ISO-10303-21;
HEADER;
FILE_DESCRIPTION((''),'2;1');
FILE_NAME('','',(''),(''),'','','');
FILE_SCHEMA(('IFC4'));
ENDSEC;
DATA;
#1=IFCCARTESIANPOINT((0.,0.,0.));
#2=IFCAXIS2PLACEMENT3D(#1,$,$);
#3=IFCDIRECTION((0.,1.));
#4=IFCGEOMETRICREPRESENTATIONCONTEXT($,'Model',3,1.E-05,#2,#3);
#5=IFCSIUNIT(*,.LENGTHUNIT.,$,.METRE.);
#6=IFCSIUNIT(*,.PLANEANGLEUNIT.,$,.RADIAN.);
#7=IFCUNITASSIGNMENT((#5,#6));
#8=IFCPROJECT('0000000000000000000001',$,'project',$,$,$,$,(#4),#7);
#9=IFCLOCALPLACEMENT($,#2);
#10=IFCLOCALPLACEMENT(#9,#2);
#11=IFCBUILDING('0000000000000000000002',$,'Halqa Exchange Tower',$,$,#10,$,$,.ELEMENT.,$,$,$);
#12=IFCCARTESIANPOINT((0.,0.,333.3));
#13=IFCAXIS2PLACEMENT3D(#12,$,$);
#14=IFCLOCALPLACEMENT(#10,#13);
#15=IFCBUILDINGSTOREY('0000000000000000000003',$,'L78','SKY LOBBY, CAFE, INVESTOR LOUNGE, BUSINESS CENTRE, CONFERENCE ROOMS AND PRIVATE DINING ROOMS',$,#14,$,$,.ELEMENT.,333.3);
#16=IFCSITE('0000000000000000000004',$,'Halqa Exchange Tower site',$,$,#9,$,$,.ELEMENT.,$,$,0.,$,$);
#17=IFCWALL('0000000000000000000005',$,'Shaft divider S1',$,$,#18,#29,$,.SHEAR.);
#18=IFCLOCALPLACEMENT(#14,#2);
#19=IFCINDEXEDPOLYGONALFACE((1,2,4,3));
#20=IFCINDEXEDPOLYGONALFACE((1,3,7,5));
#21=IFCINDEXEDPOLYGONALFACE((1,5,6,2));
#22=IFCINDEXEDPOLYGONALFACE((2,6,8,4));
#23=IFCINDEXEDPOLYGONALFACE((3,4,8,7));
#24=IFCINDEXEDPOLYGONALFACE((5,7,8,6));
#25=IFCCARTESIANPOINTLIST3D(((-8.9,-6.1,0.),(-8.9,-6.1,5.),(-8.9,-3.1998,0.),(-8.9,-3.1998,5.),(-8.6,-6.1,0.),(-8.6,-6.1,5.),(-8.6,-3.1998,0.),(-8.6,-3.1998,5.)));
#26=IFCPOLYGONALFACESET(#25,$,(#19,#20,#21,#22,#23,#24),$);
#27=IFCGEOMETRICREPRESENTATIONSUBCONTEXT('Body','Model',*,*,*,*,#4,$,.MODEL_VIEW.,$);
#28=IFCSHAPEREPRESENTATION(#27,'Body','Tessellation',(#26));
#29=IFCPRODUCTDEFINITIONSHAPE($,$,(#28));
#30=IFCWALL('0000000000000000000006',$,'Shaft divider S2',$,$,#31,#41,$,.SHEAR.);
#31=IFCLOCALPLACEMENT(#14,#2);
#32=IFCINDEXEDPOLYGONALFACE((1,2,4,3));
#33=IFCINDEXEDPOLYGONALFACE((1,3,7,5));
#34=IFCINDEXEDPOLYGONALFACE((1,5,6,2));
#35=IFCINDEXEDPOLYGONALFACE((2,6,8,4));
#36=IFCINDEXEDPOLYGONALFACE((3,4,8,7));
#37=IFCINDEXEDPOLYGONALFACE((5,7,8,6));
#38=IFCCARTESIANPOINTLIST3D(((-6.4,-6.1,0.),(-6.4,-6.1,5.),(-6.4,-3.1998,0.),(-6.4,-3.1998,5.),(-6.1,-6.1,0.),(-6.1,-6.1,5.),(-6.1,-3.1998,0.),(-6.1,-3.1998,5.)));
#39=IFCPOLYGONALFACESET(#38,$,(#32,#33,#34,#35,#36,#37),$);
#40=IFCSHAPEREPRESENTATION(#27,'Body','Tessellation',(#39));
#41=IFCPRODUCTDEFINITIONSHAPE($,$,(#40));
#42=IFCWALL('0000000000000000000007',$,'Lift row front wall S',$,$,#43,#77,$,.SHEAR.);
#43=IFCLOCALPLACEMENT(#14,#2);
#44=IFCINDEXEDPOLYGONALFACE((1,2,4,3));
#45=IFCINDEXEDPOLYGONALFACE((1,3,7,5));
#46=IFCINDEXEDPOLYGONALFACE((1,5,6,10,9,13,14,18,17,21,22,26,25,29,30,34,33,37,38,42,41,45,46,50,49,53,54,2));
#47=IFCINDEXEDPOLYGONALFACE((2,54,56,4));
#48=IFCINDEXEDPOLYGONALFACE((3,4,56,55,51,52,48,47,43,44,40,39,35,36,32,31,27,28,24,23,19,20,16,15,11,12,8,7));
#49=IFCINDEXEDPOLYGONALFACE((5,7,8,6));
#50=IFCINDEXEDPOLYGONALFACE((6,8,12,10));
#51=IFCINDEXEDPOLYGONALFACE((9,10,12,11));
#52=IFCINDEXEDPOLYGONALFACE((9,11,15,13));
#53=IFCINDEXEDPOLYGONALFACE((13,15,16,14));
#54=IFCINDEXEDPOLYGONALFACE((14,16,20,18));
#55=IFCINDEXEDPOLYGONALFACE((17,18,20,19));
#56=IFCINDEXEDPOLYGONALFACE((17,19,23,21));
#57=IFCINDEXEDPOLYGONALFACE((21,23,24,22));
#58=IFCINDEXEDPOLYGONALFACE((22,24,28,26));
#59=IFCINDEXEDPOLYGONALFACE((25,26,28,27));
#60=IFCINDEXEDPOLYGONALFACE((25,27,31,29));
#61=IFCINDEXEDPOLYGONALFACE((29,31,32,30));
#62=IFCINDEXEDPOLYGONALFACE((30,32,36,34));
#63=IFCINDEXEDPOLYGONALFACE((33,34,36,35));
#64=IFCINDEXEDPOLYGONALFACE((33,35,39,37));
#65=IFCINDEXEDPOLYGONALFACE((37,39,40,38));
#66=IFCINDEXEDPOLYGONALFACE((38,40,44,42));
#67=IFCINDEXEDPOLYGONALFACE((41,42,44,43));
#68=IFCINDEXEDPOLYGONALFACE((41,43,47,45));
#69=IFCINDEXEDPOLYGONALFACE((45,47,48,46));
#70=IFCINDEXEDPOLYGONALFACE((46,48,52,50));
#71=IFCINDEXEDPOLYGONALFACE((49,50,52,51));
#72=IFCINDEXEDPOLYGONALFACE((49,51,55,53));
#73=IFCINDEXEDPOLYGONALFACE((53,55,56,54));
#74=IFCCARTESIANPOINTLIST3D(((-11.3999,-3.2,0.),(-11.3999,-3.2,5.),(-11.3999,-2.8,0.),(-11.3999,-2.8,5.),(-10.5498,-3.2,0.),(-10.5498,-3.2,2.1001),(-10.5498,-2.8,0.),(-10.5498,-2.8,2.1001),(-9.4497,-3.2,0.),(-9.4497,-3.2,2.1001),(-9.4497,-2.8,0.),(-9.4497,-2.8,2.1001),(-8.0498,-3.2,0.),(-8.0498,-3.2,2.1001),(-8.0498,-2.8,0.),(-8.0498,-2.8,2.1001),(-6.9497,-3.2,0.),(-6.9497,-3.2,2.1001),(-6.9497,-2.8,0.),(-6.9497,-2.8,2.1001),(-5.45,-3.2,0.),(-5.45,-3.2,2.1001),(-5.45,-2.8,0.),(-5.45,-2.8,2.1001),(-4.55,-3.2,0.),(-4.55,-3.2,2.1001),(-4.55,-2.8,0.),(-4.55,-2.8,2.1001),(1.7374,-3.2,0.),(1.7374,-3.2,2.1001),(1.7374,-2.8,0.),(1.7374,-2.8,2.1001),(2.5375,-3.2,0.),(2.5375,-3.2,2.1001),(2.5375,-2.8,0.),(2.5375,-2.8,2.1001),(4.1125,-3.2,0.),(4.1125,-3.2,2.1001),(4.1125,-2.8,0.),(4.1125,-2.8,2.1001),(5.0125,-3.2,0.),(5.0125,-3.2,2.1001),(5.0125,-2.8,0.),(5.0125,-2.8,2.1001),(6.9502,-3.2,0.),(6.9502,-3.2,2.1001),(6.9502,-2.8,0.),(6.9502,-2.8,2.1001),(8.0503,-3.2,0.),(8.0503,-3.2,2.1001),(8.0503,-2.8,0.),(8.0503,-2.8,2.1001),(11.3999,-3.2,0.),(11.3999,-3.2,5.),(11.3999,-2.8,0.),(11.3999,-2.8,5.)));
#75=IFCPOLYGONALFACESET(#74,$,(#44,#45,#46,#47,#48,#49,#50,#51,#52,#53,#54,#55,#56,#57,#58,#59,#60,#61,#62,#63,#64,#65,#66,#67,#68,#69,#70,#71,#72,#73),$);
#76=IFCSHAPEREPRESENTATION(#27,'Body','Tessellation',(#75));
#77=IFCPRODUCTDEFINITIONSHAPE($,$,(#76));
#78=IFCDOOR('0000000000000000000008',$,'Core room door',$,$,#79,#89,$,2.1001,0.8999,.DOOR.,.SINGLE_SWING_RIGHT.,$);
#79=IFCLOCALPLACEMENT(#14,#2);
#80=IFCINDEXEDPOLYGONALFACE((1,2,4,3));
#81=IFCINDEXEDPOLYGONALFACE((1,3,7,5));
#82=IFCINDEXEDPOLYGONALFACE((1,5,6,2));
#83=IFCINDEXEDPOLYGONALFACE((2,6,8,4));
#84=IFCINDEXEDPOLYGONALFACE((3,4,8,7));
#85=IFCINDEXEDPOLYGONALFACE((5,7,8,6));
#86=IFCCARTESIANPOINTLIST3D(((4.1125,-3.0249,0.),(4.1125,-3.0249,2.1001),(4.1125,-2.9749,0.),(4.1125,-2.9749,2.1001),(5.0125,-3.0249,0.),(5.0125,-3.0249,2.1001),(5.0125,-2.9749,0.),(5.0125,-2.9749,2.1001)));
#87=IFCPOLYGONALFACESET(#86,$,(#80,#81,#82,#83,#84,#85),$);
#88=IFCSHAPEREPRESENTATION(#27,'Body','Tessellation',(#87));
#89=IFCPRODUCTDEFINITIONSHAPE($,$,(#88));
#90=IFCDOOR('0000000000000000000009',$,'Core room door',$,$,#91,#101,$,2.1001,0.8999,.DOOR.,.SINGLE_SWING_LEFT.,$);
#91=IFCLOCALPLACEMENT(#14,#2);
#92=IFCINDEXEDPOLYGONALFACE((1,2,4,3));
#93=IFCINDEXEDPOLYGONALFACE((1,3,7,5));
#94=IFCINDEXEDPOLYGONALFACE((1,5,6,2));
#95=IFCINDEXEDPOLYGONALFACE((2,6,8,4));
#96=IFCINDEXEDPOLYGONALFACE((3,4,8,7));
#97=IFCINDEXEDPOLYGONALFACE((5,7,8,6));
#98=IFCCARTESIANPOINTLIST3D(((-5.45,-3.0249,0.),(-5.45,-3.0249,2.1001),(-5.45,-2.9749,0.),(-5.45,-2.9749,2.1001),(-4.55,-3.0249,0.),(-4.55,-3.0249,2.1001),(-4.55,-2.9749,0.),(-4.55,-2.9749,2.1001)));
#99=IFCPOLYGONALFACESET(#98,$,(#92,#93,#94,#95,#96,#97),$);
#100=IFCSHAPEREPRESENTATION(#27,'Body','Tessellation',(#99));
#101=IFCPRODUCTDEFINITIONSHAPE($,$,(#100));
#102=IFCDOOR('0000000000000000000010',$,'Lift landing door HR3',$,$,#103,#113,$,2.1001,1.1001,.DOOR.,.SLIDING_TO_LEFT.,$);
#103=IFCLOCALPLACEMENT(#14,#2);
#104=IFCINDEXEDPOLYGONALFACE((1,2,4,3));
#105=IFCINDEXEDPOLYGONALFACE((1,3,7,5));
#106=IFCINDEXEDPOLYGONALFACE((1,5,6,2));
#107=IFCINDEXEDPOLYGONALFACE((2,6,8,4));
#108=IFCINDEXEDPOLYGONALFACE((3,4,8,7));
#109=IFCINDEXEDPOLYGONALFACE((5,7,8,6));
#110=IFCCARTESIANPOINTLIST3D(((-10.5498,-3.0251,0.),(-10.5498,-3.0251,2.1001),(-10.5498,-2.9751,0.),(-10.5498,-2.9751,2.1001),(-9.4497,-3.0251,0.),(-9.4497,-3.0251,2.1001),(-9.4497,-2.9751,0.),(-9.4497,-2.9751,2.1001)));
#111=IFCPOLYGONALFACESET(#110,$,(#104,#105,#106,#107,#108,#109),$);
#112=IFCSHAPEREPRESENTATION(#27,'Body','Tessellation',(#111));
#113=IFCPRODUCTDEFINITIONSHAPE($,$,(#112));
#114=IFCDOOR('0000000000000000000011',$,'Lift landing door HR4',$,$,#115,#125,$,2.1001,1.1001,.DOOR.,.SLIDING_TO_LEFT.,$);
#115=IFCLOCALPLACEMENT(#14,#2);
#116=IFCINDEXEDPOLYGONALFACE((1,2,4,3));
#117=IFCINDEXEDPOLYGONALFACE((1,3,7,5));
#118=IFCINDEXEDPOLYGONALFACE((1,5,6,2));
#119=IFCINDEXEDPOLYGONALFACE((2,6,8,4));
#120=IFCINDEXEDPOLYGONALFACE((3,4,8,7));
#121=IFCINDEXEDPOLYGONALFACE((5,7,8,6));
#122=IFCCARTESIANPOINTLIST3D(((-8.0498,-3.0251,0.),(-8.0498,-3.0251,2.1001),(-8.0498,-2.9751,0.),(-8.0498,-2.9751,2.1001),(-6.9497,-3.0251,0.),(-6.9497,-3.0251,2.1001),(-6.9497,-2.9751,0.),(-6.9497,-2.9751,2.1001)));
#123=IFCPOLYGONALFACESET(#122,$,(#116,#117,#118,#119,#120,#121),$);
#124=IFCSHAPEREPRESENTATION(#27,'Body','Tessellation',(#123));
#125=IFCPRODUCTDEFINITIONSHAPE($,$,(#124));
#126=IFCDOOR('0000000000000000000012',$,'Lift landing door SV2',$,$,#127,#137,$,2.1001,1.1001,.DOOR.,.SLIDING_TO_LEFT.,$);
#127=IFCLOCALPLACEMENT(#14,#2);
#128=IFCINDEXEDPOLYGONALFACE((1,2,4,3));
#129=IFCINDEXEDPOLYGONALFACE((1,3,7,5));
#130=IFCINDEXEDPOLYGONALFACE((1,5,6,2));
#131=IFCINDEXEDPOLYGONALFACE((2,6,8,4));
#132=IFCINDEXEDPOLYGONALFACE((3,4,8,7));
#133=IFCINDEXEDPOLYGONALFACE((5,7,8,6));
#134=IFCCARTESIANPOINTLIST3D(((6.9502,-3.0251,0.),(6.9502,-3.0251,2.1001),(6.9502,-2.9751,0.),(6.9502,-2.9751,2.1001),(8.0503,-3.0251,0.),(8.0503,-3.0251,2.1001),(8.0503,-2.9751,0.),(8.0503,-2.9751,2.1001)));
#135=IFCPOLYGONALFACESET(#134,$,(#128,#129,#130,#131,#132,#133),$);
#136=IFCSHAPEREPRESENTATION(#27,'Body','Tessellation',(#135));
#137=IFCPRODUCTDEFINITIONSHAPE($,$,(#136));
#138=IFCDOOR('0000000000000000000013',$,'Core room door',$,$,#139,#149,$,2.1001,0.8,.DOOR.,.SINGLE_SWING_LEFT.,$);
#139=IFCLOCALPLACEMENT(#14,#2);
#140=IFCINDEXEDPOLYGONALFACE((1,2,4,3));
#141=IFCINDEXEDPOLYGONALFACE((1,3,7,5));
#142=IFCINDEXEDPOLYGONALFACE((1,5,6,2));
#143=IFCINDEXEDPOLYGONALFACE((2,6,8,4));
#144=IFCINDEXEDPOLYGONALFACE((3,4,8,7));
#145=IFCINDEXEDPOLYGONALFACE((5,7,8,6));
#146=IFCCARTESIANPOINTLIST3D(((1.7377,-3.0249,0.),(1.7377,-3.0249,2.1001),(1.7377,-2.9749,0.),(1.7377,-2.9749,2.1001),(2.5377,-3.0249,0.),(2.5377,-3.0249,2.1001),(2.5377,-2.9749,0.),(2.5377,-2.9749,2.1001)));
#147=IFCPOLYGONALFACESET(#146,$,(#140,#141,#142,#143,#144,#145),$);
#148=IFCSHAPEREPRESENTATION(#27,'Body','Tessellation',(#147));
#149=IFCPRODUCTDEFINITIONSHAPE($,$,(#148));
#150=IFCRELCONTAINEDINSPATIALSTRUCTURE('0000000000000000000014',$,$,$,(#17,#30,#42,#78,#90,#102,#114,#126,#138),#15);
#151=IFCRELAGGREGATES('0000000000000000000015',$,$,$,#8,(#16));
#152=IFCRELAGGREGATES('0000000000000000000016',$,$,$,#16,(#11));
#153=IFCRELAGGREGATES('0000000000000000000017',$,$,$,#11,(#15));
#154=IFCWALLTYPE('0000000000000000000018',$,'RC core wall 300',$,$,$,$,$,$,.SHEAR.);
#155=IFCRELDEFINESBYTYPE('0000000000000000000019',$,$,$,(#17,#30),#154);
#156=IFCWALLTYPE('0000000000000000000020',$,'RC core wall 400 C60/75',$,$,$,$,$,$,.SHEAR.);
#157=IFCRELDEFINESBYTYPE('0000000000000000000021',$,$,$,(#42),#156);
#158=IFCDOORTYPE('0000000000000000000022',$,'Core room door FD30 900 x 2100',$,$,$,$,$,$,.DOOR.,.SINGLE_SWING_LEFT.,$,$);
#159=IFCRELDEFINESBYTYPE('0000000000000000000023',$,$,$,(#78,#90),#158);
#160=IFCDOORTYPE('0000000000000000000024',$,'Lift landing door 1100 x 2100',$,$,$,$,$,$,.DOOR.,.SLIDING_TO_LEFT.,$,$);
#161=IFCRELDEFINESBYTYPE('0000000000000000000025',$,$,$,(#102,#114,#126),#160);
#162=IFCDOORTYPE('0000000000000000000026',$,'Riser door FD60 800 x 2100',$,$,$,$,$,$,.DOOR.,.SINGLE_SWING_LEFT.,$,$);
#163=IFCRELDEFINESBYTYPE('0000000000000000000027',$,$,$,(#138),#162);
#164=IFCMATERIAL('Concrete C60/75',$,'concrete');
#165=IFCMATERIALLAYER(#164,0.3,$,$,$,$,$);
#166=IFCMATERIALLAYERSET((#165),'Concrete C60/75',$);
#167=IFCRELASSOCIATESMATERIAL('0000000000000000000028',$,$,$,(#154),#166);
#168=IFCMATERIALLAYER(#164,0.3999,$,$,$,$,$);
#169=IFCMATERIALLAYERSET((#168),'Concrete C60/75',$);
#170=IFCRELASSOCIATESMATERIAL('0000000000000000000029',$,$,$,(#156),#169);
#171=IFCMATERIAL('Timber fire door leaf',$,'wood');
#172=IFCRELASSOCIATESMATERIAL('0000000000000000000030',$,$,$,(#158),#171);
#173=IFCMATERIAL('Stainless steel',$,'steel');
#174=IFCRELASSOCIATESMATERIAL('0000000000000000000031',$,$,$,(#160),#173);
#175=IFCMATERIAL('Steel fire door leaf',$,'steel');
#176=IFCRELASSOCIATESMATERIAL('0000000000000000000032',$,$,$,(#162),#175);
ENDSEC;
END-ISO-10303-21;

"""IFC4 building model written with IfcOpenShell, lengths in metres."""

from ifc_helpers import new_model, si_unit, direction, frame, frame_2d, origin, place, context, subcontext, project, spatial, rectangle, extrude, material, layer, layer_set, type_object, element, fill, save


model = new_model("IFC4")

# Units and contexts
model_context = context("Model", 3, precision=1e-05, world=origin(), true_north=direction((0.0, 1.0)))
body_context = subcontext(model_context, "Body", "Model", "MODEL_VIEW")
ifc_project = project(units=[si_unit("LENGTHUNIT", "METRE"), si_unit("PLANEANGLEUNIT", "RADIAN")], contexts=[model_context])

# Site, building, storey
site_placement = place(None, origin())
site = spatial("IfcSite", under=ifc_project, at=site_placement, Name="Halqa Exchange Tower site", CompositionType="ELEMENT", RefElevation=0.0)
building_placement = place(site_placement, origin())
building = spatial("IfcBuilding", under=site, at=building_placement, Name="Halqa Exchange Tower", CompositionType="ELEMENT")
storey_placement = place(building_placement, frame((0.0, 0.0, 333.3)))
storey = spatial("IfcBuildingStorey", under=building, at=storey_placement, Name="L78", Description="SKY LOBBY, CAFE, INVESTOR LOUNGE, BUSINESS CENTRE, CONFERENCE ROOMS AND PRIVATE DINING ROOMS", CompositionType="ELEMENT", Elevation=333.3)

# Walls
ifc_material_1 = material(Name="Concrete C60/75", Category="concrete")
ifc_layer_1 = layer(ifc_material_1, 0.3)
ifc_layer_set_1 = layer_set([ifc_layer_1], Name="Concrete C60/75")
wall_type_1 = type_object("IfcWallType", Name="RC core wall 300", PredefinedType="SHEAR", material=ifc_layer_set_1)
for number, where, z_axis, x_axis, name in (
    (1, (-8.75, -6.1001, 0.0), (0.0, 0.0, 1.0), (0.0, 1.0, 0.0), "Shaft divider S1"),
    (2, (-6.25, -6.1001, 0.0), (0.0, 0.0, 1.0), (0.0, 1.0, 0.0), "Shaft divider S2"),
):
    element("IfcWall", number, at=place(storey_placement, frame(where, z_axis=z_axis, x_axis=x_axis)), inside=storey, type_object=wall_type_1, Name=name, PredefinedType="SHEAR", context=body_context, shape_type="SweptSolid", body=[
        extrude(rectangle(XDim=2.9001, YDim=0.3, at=frame_2d((1.4502, 0.0))), origin(), (0.0, 0.0, 1.0), 5.0),
    ])

# Wall, openings, doors
ifc_layer_2 = layer(ifc_material_1, 0.3999)
ifc_layer_set_2 = layer_set([ifc_layer_2], Name="Concrete C60/75")
wall_type_2 = type_object("IfcWallType", Name="RC core wall 400 C60/75", PredefinedType="SHEAR", material=ifc_layer_set_2)
wall_1_placement = place(storey_placement, frame((-11.3999, -3.0, 0.0), z_axis=(0.0, 0.0, 1.0), x_axis=(1.0, 0.0, 0.0)))
wall_1 = element("IfcWall", 3, at=wall_1_placement, inside=storey, type_object=wall_type_2, Name="Lift row front wall S", PredefinedType="SHEAR", context=body_context, shape_type="SweptSolid", body=[
    extrude(rectangle(XDim=22.7998, YDim=0.3999, at=frame_2d((11.3999, 0.0))), origin(), (0.0, 0.0, 1.0), 5.0),
])
opening_1_placement = place(wall_1_placement, frame((0.8501, 0.0, 0.0)))
opening_1 = element("IfcOpeningElement", 4, at=opening_1_placement, cuts=wall_1, PredefinedType="OPENING", context=body_context, shape_type="SweptSolid", body=[
    extrude(rectangle(XDim=1.1001, YDim=2.1001, at=frame_2d((0.55, 1.05))), frame((0.0, 0.2119, 0.0), z_axis=(0.0, -1.0, 0.0), x_axis=(1.0, 0.0, 0.0)), (0.0, 0.0, 1.0), 0.4238),
])
opening_2_placement = place(wall_1_placement, frame((3.3501, 0.0, 0.0)))
opening_2 = element("IfcOpeningElement", 5, at=opening_2_placement, cuts=wall_1, PredefinedType="OPENING", context=body_context, shape_type="SweptSolid", body=[
    extrude(rectangle(XDim=1.1001, YDim=2.1001, at=frame_2d((0.55, 1.05))), frame((0.0, 0.2119, 0.0), z_axis=(0.0, -1.0, 0.0), x_axis=(1.0, 0.0, 0.0)), (0.0, 0.0, 1.0), 0.4238),
])
opening_3_placement = place(wall_1_placement, frame((18.3501, 0.0, 0.0)))
opening_3 = element("IfcOpeningElement", 6, at=opening_3_placement, cuts=wall_1, PredefinedType="OPENING", context=body_context, shape_type="SweptSolid", body=[
    extrude(rectangle(XDim=1.1001, YDim=2.1001, at=frame_2d((0.55, 1.05))), frame((0.0, 0.2119, 0.0), z_axis=(0.0, -1.0, 0.0), x_axis=(1.0, 0.0, 0.0)), (0.0, 0.0, 1.0), 0.4238),
])
opening_4_placement = place(wall_1_placement, frame((13.1375, 0.0, 0.0)))
opening_4 = element("IfcOpeningElement", 7, at=opening_4_placement, cuts=wall_1, PredefinedType="OPENING", context=body_context, shape_type="SweptSolid", body=[
    extrude(rectangle(XDim=0.8, YDim=2.1001, at=frame_2d((0.3999, 1.05))), frame((0.0, 0.2119, 0.0), z_axis=(0.0, -1.0, 0.0), x_axis=(1.0, 0.0, 0.0)), (0.0, 0.0, 1.0), 0.4238),
])
opening_5_placement = place(wall_1_placement, frame((15.5125, 0.0, 0.0)))
opening_5 = element("IfcOpeningElement", 8, at=opening_5_placement, cuts=wall_1, PredefinedType="OPENING", context=body_context, shape_type="SweptSolid", body=[
    extrude(rectangle(XDim=0.8999, YDim=2.1001, at=frame_2d((0.45, 1.05))), frame((0.0, 0.2119, 0.0), z_axis=(0.0, -1.0, 0.0), x_axis=(1.0, 0.0, 0.0)), (0.0, 0.0, 1.0), 0.4238),
])
opening_6_placement = place(wall_1_placement, frame((5.95, 0.0, 0.0)))
opening_6 = element("IfcOpeningElement", 9, at=opening_6_placement, cuts=wall_1, PredefinedType="OPENING", context=body_context, shape_type="SweptSolid", body=[
    extrude(rectangle(XDim=0.8999, YDim=2.1001, at=frame_2d((0.45, 1.05))), frame((0.0, 0.2119, 0.0), z_axis=(0.0, -1.0, 0.0), x_axis=(1.0, 0.0, 0.0)), (0.0, 0.0, 1.0), 0.4238),
])
ifc_material_2 = material(Name="Timber fire door leaf", Category="wood")
door_type_1 = type_object("IfcDoorType", Name="Core room door FD30 900 x 2100", OperationType="SINGLE_SWING_LEFT", PredefinedType="DOOR", material=ifc_material_2)
door_1_placement = place(opening_5_placement, frame((0.8999, 0.0, 0.0), z_axis=(0.0, 0.0, 1.0), x_axis=(-1.0, 0.0, 0.0)))
door_1 = element("IfcDoor", 10, at=door_1_placement, inside=storey, type_object=door_type_1, Name="Core room door", OperationType="SINGLE_SWING_RIGHT", OverallHeight=2.1001, OverallWidth=0.8999, PredefinedType="DOOR", context=body_context, shape_type="SweptSolid", body=[
    extrude(rectangle(XDim=0.8999, YDim=2.1001, at=frame_2d((0.45, 1.05))), frame((0.0, 0.0249, 0.0), z_axis=(0.0, -1.0, 0.0), x_axis=(1.0, 0.0, 0.0)), (0.0, 0.0, 1.0), 0.05),
])
fill(opening_5, door_1)
door_2_placement = place(opening_6_placement, frame((0.8999, 0.0, 0.0), z_axis=(0.0, 0.0, 1.0), x_axis=(-1.0, 0.0, 0.0)))
door_2 = element("IfcDoor", 11, at=door_2_placement, inside=storey, type_object=door_type_1, Name="Core room door", OperationType="SINGLE_SWING_LEFT", OverallHeight=2.1001, OverallWidth=0.8999, PredefinedType="DOOR", context=body_context, shape_type="SweptSolid", body=[
    extrude(rectangle(XDim=0.8999, YDim=2.1001, at=frame_2d((0.45, 1.05))), frame((0.0, 0.0249, 0.0), z_axis=(0.0, -1.0, 0.0), x_axis=(1.0, 0.0, 0.0)), (0.0, 0.0, 1.0), 0.05),
])
fill(opening_6, door_2)
ifc_material_3 = material(Name="Stainless steel", Category="steel")
door_type_2 = type_object("IfcDoorType", Name="Lift landing door 1100 x 2100", OperationType="SLIDING_TO_LEFT", PredefinedType="DOOR", material=ifc_material_3)
door_3_placement = place(opening_1_placement, origin())
door_3 = element("IfcDoor", 12, at=door_3_placement, inside=storey, type_object=door_type_2, Name="Lift landing door HR3", OperationType="SLIDING_TO_LEFT", OverallHeight=2.1001, OverallWidth=1.1001, PredefinedType="DOOR", context=body_context, shape_type="SweptSolid", body=[
    extrude(rectangle(XDim=1.1001, YDim=2.1001, at=frame_2d((0.55, 1.05))), frame((0.0, 0.0249, 0.0), z_axis=(0.0, -1.0, 0.0), x_axis=(1.0, 0.0, 0.0)), (0.0, 0.0, 1.0), 0.05),
])
fill(opening_1, door_3)
door_4_placement = place(opening_2_placement, origin())
door_4 = element("IfcDoor", 13, at=door_4_placement, inside=storey, type_object=door_type_2, Name="Lift landing door HR4", OperationType="SLIDING_TO_LEFT", OverallHeight=2.1001, OverallWidth=1.1001, PredefinedType="DOOR", context=body_context, shape_type="SweptSolid", body=[
    extrude(rectangle(XDim=1.1001, YDim=2.1001, at=frame_2d((0.55, 1.05))), frame((0.0, 0.0249, 0.0), z_axis=(0.0, -1.0, 0.0), x_axis=(1.0, 0.0, 0.0)), (0.0, 0.0, 1.0), 0.05),
])
fill(opening_2, door_4)
door_5_placement = place(opening_3_placement, origin())
door_5 = element("IfcDoor", 14, at=door_5_placement, inside=storey, type_object=door_type_2, Name="Lift landing door SV2", OperationType="SLIDING_TO_LEFT", OverallHeight=2.1001, OverallWidth=1.1001, PredefinedType="DOOR", context=body_context, shape_type="SweptSolid", body=[
    extrude(rectangle(XDim=1.1001, YDim=2.1001, at=frame_2d((0.55, 1.05))), frame((0.0, 0.0249, 0.0), z_axis=(0.0, -1.0, 0.0), x_axis=(1.0, 0.0, 0.0)), (0.0, 0.0, 1.0), 0.05),
])
fill(opening_3, door_5)
ifc_material_4 = material(Name="Steel fire door leaf", Category="steel")
door_type_3 = type_object("IfcDoorType", Name="Riser door FD60 800 x 2100", OperationType="SINGLE_SWING_LEFT", PredefinedType="DOOR", material=ifc_material_4)
door_6_placement = place(opening_4_placement, frame((0.8, 0.0, 0.0), z_axis=(0.0, 0.0, 1.0), x_axis=(-1.0, 0.0, 0.0)))
door_6 = element("IfcDoor", 15, at=door_6_placement, inside=storey, type_object=door_type_3, Name="Core room door", OperationType="SINGLE_SWING_LEFT", OverallHeight=2.1001, OverallWidth=0.8, PredefinedType="DOOR", context=body_context, shape_type="SweptSolid", body=[
    extrude(rectangle(XDim=0.8, YDim=2.1001, at=frame_2d((0.3999, 1.05))), frame((0.0, 0.0249, 0.0), z_axis=(0.0, -1.0, 0.0), x_axis=(1.0, 0.0, 0.0)), (0.0, 0.0, 1.0), 0.05),
])
fill(opening_4, door_6)

save(model, "model.ifc")
